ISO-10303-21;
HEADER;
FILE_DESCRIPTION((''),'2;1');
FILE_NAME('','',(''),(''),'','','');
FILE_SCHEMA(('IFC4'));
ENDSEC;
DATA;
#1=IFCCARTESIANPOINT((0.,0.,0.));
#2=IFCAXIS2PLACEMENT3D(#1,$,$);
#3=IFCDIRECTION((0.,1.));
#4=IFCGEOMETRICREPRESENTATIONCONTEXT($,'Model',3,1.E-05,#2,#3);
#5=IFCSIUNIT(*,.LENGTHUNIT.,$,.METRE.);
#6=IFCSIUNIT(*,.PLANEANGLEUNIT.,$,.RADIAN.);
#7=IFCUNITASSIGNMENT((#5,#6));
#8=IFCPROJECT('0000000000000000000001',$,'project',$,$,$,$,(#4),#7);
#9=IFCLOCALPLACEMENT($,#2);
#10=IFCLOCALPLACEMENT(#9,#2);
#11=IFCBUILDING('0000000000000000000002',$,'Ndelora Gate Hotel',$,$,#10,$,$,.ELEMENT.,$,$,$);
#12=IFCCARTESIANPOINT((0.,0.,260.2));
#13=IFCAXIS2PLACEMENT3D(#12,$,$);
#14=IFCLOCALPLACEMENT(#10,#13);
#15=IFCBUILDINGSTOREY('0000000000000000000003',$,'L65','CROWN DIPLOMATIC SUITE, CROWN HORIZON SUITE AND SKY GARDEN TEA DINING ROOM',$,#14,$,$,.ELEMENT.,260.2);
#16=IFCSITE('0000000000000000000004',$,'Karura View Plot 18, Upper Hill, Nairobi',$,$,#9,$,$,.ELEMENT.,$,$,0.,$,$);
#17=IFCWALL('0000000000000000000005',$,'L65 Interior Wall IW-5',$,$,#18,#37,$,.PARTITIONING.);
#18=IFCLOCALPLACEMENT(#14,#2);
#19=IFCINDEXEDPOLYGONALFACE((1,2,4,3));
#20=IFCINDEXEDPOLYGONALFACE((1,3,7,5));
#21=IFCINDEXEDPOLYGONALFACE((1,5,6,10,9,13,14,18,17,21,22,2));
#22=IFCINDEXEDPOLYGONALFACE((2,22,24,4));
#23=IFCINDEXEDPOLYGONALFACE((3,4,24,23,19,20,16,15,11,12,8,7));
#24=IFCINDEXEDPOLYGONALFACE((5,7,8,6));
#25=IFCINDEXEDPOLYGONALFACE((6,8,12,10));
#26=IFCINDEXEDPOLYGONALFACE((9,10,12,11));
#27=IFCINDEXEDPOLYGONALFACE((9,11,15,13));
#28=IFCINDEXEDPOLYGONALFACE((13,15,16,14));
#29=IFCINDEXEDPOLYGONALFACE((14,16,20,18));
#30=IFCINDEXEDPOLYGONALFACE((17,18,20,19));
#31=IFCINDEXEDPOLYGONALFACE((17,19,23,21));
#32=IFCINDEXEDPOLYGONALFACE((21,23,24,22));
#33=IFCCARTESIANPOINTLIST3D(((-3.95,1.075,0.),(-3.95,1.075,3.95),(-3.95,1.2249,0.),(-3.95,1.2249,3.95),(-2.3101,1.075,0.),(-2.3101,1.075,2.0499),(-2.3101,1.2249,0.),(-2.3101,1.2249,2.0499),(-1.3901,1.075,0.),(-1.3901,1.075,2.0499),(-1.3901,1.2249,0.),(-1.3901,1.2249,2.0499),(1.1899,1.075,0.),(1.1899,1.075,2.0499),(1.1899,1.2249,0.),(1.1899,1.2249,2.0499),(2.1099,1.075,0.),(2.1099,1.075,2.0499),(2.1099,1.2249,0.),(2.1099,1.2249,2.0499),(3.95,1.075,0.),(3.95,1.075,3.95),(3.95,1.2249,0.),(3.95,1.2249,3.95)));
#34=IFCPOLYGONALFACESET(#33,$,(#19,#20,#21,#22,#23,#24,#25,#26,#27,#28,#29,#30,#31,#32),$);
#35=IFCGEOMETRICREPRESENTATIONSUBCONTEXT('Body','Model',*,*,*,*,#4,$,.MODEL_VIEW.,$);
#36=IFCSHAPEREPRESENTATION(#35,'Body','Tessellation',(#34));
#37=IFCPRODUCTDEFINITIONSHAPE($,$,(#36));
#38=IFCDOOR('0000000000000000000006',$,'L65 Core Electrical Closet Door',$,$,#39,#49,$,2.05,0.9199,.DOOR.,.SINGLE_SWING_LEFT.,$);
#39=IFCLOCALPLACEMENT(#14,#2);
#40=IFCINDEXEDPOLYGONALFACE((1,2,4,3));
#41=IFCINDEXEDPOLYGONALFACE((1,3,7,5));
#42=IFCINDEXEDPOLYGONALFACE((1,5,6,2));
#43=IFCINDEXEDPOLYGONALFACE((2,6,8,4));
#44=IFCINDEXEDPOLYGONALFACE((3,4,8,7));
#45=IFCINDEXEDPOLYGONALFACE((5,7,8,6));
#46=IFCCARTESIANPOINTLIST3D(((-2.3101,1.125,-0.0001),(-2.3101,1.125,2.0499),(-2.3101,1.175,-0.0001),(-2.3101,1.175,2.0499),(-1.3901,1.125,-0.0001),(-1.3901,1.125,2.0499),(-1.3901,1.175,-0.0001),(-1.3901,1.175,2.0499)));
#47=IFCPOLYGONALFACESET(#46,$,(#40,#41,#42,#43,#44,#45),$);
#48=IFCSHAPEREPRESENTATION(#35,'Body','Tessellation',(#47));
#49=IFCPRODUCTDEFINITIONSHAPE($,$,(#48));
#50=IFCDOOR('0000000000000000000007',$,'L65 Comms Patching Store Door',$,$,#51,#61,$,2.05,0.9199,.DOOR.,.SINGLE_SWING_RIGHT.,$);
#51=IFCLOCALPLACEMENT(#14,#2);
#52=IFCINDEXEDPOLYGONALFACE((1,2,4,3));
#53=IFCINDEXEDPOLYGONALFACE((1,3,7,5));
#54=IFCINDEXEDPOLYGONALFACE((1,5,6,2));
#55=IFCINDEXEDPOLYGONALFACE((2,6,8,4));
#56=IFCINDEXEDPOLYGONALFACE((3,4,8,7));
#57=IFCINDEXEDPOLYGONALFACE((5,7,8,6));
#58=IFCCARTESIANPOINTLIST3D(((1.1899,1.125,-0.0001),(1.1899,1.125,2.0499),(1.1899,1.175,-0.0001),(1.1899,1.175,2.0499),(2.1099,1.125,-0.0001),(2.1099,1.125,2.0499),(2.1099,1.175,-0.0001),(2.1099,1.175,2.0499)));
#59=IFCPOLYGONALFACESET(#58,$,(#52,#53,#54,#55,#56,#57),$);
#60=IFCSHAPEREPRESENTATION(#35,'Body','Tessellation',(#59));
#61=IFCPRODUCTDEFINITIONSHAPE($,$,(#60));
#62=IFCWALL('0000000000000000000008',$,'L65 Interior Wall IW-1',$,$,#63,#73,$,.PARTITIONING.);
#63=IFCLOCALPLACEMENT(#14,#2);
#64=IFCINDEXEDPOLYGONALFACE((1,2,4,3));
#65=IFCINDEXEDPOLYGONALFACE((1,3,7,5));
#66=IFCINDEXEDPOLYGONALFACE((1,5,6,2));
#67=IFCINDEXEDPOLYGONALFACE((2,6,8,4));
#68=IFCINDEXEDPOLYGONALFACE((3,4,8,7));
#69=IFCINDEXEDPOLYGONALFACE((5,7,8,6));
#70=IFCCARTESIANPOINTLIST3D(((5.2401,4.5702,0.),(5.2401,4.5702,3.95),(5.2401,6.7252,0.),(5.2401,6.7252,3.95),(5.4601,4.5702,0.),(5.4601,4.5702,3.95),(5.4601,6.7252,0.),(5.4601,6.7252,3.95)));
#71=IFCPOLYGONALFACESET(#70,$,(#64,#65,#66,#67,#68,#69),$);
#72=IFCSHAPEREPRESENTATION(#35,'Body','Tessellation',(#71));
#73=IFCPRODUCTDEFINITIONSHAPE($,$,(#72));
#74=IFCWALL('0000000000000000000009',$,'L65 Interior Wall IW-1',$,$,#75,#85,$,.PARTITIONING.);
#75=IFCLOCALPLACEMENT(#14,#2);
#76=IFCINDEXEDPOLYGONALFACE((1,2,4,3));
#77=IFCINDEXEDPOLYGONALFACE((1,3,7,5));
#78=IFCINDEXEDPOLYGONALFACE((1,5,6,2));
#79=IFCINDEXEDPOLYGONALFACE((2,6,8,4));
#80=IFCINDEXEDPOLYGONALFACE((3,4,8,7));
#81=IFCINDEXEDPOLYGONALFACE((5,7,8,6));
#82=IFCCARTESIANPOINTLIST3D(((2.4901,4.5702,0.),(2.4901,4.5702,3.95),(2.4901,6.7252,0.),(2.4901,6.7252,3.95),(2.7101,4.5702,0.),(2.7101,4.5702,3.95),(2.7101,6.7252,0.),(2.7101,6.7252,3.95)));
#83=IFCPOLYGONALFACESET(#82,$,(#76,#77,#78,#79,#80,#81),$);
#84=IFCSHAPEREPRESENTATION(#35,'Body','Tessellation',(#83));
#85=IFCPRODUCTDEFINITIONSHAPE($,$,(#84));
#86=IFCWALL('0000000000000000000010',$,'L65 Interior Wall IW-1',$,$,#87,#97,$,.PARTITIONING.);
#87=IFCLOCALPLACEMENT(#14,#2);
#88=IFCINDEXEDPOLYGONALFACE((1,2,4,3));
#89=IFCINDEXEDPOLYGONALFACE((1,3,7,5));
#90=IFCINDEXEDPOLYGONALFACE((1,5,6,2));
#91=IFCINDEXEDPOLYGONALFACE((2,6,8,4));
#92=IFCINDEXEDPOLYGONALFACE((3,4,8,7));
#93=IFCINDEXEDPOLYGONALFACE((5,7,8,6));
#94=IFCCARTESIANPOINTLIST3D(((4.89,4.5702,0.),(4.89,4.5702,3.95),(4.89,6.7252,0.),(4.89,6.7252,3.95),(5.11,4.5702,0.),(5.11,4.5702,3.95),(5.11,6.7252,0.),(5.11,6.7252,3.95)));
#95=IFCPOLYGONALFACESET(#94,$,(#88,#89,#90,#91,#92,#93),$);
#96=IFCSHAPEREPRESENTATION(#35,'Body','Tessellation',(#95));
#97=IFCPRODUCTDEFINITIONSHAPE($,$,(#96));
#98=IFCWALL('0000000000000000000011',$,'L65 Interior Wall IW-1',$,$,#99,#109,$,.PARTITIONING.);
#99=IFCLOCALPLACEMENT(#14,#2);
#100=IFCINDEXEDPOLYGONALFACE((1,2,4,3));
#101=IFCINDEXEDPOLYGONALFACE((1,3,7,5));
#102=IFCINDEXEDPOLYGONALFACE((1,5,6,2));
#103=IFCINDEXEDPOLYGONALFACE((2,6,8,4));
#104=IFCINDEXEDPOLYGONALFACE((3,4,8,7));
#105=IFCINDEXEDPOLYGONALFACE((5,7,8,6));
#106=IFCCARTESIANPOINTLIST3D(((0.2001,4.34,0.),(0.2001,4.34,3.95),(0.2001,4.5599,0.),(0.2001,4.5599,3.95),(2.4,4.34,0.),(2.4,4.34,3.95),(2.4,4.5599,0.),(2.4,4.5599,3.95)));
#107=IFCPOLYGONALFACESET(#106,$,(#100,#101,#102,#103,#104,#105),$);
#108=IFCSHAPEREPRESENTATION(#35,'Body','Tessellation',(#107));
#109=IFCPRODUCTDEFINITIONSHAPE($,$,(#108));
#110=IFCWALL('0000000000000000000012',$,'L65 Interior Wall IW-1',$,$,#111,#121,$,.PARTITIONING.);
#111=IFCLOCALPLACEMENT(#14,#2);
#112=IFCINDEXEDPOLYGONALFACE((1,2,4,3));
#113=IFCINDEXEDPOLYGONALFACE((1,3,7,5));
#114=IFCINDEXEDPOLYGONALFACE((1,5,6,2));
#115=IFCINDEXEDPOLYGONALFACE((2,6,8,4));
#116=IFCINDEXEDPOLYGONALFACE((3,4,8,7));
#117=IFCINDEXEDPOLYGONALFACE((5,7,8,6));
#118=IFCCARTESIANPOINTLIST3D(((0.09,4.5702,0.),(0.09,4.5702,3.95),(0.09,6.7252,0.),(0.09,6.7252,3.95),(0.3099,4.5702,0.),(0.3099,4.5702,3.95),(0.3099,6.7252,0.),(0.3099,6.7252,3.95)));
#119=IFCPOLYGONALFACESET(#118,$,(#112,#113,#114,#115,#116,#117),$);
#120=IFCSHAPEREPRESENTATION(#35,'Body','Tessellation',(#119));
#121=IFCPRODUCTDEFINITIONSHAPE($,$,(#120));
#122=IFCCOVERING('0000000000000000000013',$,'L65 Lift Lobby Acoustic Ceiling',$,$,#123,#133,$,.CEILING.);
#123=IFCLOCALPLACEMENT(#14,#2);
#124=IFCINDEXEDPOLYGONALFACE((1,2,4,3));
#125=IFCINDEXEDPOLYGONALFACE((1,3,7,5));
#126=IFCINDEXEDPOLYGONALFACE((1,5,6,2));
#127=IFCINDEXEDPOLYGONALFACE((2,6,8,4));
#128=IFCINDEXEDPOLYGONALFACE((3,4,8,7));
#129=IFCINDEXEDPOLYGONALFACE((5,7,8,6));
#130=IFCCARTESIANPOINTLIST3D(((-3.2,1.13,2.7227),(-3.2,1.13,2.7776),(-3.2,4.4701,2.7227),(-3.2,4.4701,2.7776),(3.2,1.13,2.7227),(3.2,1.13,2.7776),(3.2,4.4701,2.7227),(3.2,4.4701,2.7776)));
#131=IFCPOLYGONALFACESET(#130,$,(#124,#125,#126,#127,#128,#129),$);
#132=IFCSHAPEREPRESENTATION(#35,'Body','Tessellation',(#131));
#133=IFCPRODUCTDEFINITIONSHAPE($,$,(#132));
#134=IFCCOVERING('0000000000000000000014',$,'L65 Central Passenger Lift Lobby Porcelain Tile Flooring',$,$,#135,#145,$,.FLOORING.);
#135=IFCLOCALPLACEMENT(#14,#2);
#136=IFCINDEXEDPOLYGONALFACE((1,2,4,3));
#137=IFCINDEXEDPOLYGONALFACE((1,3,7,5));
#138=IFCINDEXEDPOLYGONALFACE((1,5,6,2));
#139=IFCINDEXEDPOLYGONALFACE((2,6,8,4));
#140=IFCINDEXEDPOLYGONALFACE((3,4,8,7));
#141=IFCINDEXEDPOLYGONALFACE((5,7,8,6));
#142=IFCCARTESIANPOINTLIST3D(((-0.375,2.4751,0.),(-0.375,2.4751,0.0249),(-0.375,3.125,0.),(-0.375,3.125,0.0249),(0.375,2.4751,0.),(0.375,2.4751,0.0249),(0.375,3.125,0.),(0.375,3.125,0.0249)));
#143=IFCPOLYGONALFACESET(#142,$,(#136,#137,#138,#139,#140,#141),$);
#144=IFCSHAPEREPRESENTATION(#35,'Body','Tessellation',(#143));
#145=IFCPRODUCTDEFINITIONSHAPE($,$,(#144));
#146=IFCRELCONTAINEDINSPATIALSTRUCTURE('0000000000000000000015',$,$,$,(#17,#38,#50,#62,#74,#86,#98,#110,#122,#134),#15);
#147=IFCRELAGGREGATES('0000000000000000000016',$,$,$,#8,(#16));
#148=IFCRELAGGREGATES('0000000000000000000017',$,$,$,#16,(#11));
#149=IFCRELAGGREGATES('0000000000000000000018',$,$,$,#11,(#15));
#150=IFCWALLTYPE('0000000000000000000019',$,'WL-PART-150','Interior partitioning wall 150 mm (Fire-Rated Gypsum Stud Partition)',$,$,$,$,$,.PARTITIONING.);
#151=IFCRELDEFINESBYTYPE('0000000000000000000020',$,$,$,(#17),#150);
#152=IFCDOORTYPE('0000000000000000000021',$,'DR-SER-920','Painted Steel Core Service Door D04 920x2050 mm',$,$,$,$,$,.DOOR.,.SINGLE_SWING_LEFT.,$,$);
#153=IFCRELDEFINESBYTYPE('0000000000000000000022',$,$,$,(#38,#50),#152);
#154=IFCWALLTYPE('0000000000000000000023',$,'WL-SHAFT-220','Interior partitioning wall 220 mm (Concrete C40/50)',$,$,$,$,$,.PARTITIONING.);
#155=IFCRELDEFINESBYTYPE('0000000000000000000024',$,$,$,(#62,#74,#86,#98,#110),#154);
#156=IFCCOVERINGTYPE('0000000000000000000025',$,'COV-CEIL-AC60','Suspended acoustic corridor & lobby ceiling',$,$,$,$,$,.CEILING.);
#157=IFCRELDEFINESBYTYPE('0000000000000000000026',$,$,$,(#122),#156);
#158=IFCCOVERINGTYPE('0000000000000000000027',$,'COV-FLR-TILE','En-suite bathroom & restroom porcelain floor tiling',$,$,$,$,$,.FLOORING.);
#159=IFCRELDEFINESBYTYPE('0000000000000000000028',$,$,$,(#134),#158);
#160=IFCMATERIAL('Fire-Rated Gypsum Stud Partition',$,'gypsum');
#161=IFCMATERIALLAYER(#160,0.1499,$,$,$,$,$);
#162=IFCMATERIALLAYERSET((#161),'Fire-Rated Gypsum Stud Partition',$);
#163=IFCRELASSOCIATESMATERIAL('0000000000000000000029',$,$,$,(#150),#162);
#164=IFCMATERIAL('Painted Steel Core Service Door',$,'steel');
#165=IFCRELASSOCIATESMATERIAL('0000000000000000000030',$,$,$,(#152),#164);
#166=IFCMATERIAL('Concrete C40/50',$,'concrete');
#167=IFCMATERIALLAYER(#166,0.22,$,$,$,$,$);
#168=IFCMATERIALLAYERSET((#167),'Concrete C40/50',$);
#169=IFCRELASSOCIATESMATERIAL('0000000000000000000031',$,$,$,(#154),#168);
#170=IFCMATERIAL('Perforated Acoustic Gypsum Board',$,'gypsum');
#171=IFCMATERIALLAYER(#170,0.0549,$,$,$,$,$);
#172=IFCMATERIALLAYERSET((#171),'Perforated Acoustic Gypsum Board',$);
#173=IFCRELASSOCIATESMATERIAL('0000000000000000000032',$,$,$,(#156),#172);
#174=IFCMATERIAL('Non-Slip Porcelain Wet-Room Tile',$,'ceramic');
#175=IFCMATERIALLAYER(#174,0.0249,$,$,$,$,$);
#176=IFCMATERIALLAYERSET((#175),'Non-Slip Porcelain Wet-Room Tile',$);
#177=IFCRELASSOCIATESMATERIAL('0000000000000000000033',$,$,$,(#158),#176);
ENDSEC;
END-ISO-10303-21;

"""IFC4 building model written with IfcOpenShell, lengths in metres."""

from ifc_helpers import new_model, si_unit, direction, frame, frame_2d, origin, origin_2d, place, context, subcontext, project, spatial, rectangle, extrude, material, layer, layer_set, type_object, element, fill, save


model = new_model("IFC4")

# Units and contexts
model_context = context("Model", 3, precision=1e-05, world=origin(), true_north=direction((0.0, 1.0)))
body_context = subcontext(model_context, "Body", "Model", "MODEL_VIEW")
ifc_project = project(units=[si_unit("LENGTHUNIT", "METRE"), si_unit("PLANEANGLEUNIT", "RADIAN")], contexts=[model_context])

# Site, building, storey
site_placement = place(None, origin())
site = spatial("IfcSite", under=ifc_project, at=site_placement, Name="Karura View Plot 18, Upper Hill, Nairobi", CompositionType="ELEMENT", RefElevation=0.0)
building_placement = place(site_placement, origin())
building = spatial("IfcBuilding", under=site, at=building_placement, Name="Ndelora Gate Hotel", CompositionType="ELEMENT")
storey_placement = place(building_placement, frame((0.0, 0.0, 260.2)))
storey = spatial("IfcBuildingStorey", under=building, at=storey_placement, Name="L65", Description="CROWN DIPLOMATIC SUITE, CROWN HORIZON SUITE AND SKY GARDEN TEA DINING ROOM", CompositionType="ELEMENT", Elevation=260.2)

# Shared definitions
ifc_material_1 = material(Name="Concrete C40/50", Category="concrete")

# Wall, openings, doors
ifc_material_2 = material(Name="Fire-Rated Gypsum Stud Partition", Category="gypsum")
ifc_layer_1 = layer(ifc_material_2, 0.1499)
ifc_layer_set_1 = layer_set([ifc_layer_1], Name="Fire-Rated Gypsum Stud Partition")
wall_type_1 = type_object("IfcWallType", Name="WL-PART-150", Description="Interior partitioning wall 150 mm (Fire-Rated Gypsum Stud Partition)", PredefinedType="PARTITIONING", material=ifc_layer_set_1)
wall_1_placement = place(storey_placement, frame((3.95, 1.1499, 0.0), z_axis=(0.0, 0.0, 1.0), x_axis=(-1.0, 0.0, 0.0)))
wall_1 = element("IfcWall", 1, at=wall_1_placement, inside=storey, type_object=wall_type_1, Name="L65 Interior Wall IW-5", PredefinedType="PARTITIONING", context=body_context, shape_type="SweptSolid", body=[
    extrude(rectangle(XDim=7.8999, YDim=0.1499, at=frame_2d((3.95, 0.0))), origin(), (0.0, 0.0, 1.0), 3.95),
])
opening_1_placement = place(wall_1_placement, frame((5.3401, 0.0, 0.0)))
opening_1 = element("IfcOpeningElement", 2, at=opening_1_placement, cuts=wall_1, PredefinedType="OPENING", context=body_context, shape_type="SweptSolid", body=[
    extrude(rectangle(XDim=0.9199, YDim=2.05, at=frame_2d((0.46, 1.0249))), frame((0.0, 0.085, 0.0), z_axis=(0.0, -1.0, 0.0), x_axis=(1.0, 0.0, 0.0)), (0.0, 0.0, 1.0), 0.1699),
])
opening_2_placement = place(wall_1_placement, frame((1.8401, 0.0, 0.0)))
opening_2 = element("IfcOpeningElement", 3, at=opening_2_placement, cuts=wall_1, PredefinedType="OPENING", context=body_context, shape_type="SweptSolid", body=[
    extrude(rectangle(XDim=0.9199, YDim=2.05, at=frame_2d((0.46, 1.0249))), frame((0.0, 0.085, 0.0), z_axis=(0.0, -1.0, 0.0), x_axis=(1.0, 0.0, 0.0)), (0.0, 0.0, 1.0), 0.1699),
])
ifc_material_3 = material(Name="Painted Steel Core Service Door", Category="steel")
door_type_1 = type_object("IfcDoorType", Name="DR-SER-920", Description="Painted Steel Core Service Door D04 920x2050 mm", OperationType="SINGLE_SWING_LEFT", PredefinedType="DOOR", material=ifc_material_3)
door_1_placement = place(opening_1_placement, origin())
door_1 = element("IfcDoor", 4, at=door_1_placement, inside=storey, type_object=door_type_1, Name="L65 Core Electrical Closet Door", OperationType="SINGLE_SWING_LEFT", OverallHeight=2.05, OverallWidth=0.9199, PredefinedType="DOOR", context=body_context, shape_type="SweptSolid", body=[
    extrude(rectangle(XDim=0.9199, YDim=2.05, at=frame_2d((0.46, 1.0249))), frame((0.0, 0.0249, 0.0), z_axis=(0.0, -1.0, 0.0), x_axis=(1.0, 0.0, 0.0)), (0.0, 0.0, 1.0), 0.05),
])
fill(opening_1, door_1)
door_2_placement = place(opening_2_placement, origin())
door_2 = element("IfcDoor", 5, at=door_2_placement, inside=storey, type_object=door_type_1, Name="L65 Comms Patching Store Door", OperationType="SINGLE_SWING_RIGHT", OverallHeight=2.05, OverallWidth=0.9199, PredefinedType="DOOR", context=body_context, shape_type="SweptSolid", body=[
    extrude(rectangle(XDim=0.9199, YDim=2.05, at=frame_2d((0.46, 1.0249))), frame((0.0, 0.0249, 0.0), z_axis=(0.0, -1.0, 0.0), x_axis=(1.0, 0.0, 0.0)), (0.0, 0.0, 1.0), 0.05),
])
fill(opening_2, door_2)

# Shared definitions
ifc_layer_2 = layer(ifc_material_1, 0.22)
ifc_layer_set_2 = layer_set([ifc_layer_2], Name="Concrete C40/50")
wall_type_2 = type_object("IfcWallType", Name="WL-SHAFT-220", Description="Interior partitioning wall 220 mm (Concrete C40/50)", PredefinedType="PARTITIONING", material=ifc_layer_set_2)

# Wall
wall_2_placement = place(storey_placement, frame((5.3501, 4.5701, 0.0), z_axis=(0.0, 0.0, 1.0), x_axis=(0.0, 1.0, 0.0)))
element("IfcWall", 6, at=wall_2_placement, inside=storey, type_object=wall_type_2, Name="L65 Interior Wall IW-1", PredefinedType="PARTITIONING", context=body_context, shape_type="SweptSolid", body=[
    extrude(rectangle(XDim=2.155, YDim=0.22, at=frame_2d((1.0776, 0.0))), origin(), (0.0, 0.0, 1.0), 3.95),
])

# Walls
for number, where, z_axis, x_axis, name in (
    (7, (2.6001, 4.5701, 0.0), (0.0, 0.0, 1.0), (0.0, 1.0, 0.0), "L65 Interior Wall IW-1"),
    (8, (5.0, 4.5701, 0.0), (0.0, 0.0, 1.0), (0.0, 1.0, 0.0), "L65 Interior Wall IW-1"),
):
    element("IfcWall", number, at=place(storey_placement, frame(where, z_axis=z_axis, x_axis=x_axis)), inside=storey, type_object=wall_type_2, Name=name, PredefinedType="PARTITIONING", context=body_context, shape_type="SweptSolid", body=[
        extrude(rectangle(XDim=2.155, YDim=0.22, at=frame_2d((1.0776, 0.0))), origin(), (0.0, 0.0, 1.0), 3.95),
    ])
wall_3_placement = place(storey_placement, frame((0.2, 4.45, 0.0), z_axis=(0.0, 0.0, 1.0), x_axis=(1.0, 0.0, 0.0)))
element("IfcWall", 9, at=wall_3_placement, inside=storey, type_object=wall_type_2, Name="L65 Interior Wall IW-1", PredefinedType="PARTITIONING", context=body_context, shape_type="SweptSolid", body=[
    extrude(rectangle(XDim=2.2, YDim=0.22, at=frame_2d((1.1001, 0.0))), origin(), (0.0, 0.0, 1.0), 3.95),
])
wall_4_placement = place(storey_placement, frame((0.2, 4.5701, 0.0), z_axis=(0.0, 0.0, 1.0), x_axis=(0.0, 1.0, 0.0)))
element("IfcWall", 10, at=wall_4_placement, inside=storey, type_object=wall_type_2, Name="L65 Interior Wall IW-1", PredefinedType="PARTITIONING", context=body_context, shape_type="SweptSolid", body=[
    extrude(rectangle(XDim=2.155, YDim=0.22, at=frame_2d((1.0776, 0.0))), origin(), (0.0, 0.0, 1.0), 3.95),
])

# Coverings
ifc_material_4 = material(Name="Perforated Acoustic Gypsum Board", Category="gypsum")
ifc_layer_3 = layer(ifc_material_4, 0.0549)
ifc_layer_set_3 = layer_set([ifc_layer_3], Name="Perforated Acoustic Gypsum Board")
covering_type_1 = type_object("IfcCoveringType", Name="COV-CEIL-AC60", Description="Suspended acoustic corridor & lobby ceiling", PredefinedType="CEILING", material=ifc_layer_set_3)
covering_1_placement = place(storey_placement, frame((0.0, 2.8, 2.7227), z_axis=(0.0, 0.0, 1.0), x_axis=(1.0, 0.0, 0.0)))
element("IfcCovering", 11, at=covering_1_placement, inside=storey, type_object=covering_type_1, Name="L65 Lift Lobby Acoustic Ceiling", PredefinedType="CEILING", context=body_context, shape_type="SweptSolid", body=[
    extrude(rectangle(XDim=6.3999, YDim=3.3401, at=origin_2d()), origin(), (0.0, 0.0, 1.0), 0.0549),
])
ifc_material_5 = material(Name="Non-Slip Porcelain Wet-Room Tile", Category="ceramic")
ifc_layer_4 = layer(ifc_material_5, 0.0249)
ifc_layer_set_4 = layer_set([ifc_layer_4], Name="Non-Slip Porcelain Wet-Room Tile")
covering_type_2 = type_object("IfcCoveringType", Name="COV-FLR-TILE", Description="En-suite bathroom & restroom porcelain floor tiling", PredefinedType="FLOORING", material=ifc_layer_set_4)
covering_2_placement = place(storey_placement, frame((0.0, 2.8, 0.0), z_axis=(0.0, 0.0, 1.0), x_axis=(1.0, 0.0, 0.0)))
element("IfcCovering", 12, at=covering_2_placement, inside=storey, type_object=covering_type_2, Name="L65 Central Passenger Lift Lobby Porcelain Tile Flooring", PredefinedType="FLOORING", context=body_context, shape_type="SweptSolid", body=[
    extrude(rectangle(XDim=0.75, YDim=0.6499, at=origin_2d()), origin(), (0.0, 0.0, 1.0), 0.0249),
])

save(model, "model.ifc")
